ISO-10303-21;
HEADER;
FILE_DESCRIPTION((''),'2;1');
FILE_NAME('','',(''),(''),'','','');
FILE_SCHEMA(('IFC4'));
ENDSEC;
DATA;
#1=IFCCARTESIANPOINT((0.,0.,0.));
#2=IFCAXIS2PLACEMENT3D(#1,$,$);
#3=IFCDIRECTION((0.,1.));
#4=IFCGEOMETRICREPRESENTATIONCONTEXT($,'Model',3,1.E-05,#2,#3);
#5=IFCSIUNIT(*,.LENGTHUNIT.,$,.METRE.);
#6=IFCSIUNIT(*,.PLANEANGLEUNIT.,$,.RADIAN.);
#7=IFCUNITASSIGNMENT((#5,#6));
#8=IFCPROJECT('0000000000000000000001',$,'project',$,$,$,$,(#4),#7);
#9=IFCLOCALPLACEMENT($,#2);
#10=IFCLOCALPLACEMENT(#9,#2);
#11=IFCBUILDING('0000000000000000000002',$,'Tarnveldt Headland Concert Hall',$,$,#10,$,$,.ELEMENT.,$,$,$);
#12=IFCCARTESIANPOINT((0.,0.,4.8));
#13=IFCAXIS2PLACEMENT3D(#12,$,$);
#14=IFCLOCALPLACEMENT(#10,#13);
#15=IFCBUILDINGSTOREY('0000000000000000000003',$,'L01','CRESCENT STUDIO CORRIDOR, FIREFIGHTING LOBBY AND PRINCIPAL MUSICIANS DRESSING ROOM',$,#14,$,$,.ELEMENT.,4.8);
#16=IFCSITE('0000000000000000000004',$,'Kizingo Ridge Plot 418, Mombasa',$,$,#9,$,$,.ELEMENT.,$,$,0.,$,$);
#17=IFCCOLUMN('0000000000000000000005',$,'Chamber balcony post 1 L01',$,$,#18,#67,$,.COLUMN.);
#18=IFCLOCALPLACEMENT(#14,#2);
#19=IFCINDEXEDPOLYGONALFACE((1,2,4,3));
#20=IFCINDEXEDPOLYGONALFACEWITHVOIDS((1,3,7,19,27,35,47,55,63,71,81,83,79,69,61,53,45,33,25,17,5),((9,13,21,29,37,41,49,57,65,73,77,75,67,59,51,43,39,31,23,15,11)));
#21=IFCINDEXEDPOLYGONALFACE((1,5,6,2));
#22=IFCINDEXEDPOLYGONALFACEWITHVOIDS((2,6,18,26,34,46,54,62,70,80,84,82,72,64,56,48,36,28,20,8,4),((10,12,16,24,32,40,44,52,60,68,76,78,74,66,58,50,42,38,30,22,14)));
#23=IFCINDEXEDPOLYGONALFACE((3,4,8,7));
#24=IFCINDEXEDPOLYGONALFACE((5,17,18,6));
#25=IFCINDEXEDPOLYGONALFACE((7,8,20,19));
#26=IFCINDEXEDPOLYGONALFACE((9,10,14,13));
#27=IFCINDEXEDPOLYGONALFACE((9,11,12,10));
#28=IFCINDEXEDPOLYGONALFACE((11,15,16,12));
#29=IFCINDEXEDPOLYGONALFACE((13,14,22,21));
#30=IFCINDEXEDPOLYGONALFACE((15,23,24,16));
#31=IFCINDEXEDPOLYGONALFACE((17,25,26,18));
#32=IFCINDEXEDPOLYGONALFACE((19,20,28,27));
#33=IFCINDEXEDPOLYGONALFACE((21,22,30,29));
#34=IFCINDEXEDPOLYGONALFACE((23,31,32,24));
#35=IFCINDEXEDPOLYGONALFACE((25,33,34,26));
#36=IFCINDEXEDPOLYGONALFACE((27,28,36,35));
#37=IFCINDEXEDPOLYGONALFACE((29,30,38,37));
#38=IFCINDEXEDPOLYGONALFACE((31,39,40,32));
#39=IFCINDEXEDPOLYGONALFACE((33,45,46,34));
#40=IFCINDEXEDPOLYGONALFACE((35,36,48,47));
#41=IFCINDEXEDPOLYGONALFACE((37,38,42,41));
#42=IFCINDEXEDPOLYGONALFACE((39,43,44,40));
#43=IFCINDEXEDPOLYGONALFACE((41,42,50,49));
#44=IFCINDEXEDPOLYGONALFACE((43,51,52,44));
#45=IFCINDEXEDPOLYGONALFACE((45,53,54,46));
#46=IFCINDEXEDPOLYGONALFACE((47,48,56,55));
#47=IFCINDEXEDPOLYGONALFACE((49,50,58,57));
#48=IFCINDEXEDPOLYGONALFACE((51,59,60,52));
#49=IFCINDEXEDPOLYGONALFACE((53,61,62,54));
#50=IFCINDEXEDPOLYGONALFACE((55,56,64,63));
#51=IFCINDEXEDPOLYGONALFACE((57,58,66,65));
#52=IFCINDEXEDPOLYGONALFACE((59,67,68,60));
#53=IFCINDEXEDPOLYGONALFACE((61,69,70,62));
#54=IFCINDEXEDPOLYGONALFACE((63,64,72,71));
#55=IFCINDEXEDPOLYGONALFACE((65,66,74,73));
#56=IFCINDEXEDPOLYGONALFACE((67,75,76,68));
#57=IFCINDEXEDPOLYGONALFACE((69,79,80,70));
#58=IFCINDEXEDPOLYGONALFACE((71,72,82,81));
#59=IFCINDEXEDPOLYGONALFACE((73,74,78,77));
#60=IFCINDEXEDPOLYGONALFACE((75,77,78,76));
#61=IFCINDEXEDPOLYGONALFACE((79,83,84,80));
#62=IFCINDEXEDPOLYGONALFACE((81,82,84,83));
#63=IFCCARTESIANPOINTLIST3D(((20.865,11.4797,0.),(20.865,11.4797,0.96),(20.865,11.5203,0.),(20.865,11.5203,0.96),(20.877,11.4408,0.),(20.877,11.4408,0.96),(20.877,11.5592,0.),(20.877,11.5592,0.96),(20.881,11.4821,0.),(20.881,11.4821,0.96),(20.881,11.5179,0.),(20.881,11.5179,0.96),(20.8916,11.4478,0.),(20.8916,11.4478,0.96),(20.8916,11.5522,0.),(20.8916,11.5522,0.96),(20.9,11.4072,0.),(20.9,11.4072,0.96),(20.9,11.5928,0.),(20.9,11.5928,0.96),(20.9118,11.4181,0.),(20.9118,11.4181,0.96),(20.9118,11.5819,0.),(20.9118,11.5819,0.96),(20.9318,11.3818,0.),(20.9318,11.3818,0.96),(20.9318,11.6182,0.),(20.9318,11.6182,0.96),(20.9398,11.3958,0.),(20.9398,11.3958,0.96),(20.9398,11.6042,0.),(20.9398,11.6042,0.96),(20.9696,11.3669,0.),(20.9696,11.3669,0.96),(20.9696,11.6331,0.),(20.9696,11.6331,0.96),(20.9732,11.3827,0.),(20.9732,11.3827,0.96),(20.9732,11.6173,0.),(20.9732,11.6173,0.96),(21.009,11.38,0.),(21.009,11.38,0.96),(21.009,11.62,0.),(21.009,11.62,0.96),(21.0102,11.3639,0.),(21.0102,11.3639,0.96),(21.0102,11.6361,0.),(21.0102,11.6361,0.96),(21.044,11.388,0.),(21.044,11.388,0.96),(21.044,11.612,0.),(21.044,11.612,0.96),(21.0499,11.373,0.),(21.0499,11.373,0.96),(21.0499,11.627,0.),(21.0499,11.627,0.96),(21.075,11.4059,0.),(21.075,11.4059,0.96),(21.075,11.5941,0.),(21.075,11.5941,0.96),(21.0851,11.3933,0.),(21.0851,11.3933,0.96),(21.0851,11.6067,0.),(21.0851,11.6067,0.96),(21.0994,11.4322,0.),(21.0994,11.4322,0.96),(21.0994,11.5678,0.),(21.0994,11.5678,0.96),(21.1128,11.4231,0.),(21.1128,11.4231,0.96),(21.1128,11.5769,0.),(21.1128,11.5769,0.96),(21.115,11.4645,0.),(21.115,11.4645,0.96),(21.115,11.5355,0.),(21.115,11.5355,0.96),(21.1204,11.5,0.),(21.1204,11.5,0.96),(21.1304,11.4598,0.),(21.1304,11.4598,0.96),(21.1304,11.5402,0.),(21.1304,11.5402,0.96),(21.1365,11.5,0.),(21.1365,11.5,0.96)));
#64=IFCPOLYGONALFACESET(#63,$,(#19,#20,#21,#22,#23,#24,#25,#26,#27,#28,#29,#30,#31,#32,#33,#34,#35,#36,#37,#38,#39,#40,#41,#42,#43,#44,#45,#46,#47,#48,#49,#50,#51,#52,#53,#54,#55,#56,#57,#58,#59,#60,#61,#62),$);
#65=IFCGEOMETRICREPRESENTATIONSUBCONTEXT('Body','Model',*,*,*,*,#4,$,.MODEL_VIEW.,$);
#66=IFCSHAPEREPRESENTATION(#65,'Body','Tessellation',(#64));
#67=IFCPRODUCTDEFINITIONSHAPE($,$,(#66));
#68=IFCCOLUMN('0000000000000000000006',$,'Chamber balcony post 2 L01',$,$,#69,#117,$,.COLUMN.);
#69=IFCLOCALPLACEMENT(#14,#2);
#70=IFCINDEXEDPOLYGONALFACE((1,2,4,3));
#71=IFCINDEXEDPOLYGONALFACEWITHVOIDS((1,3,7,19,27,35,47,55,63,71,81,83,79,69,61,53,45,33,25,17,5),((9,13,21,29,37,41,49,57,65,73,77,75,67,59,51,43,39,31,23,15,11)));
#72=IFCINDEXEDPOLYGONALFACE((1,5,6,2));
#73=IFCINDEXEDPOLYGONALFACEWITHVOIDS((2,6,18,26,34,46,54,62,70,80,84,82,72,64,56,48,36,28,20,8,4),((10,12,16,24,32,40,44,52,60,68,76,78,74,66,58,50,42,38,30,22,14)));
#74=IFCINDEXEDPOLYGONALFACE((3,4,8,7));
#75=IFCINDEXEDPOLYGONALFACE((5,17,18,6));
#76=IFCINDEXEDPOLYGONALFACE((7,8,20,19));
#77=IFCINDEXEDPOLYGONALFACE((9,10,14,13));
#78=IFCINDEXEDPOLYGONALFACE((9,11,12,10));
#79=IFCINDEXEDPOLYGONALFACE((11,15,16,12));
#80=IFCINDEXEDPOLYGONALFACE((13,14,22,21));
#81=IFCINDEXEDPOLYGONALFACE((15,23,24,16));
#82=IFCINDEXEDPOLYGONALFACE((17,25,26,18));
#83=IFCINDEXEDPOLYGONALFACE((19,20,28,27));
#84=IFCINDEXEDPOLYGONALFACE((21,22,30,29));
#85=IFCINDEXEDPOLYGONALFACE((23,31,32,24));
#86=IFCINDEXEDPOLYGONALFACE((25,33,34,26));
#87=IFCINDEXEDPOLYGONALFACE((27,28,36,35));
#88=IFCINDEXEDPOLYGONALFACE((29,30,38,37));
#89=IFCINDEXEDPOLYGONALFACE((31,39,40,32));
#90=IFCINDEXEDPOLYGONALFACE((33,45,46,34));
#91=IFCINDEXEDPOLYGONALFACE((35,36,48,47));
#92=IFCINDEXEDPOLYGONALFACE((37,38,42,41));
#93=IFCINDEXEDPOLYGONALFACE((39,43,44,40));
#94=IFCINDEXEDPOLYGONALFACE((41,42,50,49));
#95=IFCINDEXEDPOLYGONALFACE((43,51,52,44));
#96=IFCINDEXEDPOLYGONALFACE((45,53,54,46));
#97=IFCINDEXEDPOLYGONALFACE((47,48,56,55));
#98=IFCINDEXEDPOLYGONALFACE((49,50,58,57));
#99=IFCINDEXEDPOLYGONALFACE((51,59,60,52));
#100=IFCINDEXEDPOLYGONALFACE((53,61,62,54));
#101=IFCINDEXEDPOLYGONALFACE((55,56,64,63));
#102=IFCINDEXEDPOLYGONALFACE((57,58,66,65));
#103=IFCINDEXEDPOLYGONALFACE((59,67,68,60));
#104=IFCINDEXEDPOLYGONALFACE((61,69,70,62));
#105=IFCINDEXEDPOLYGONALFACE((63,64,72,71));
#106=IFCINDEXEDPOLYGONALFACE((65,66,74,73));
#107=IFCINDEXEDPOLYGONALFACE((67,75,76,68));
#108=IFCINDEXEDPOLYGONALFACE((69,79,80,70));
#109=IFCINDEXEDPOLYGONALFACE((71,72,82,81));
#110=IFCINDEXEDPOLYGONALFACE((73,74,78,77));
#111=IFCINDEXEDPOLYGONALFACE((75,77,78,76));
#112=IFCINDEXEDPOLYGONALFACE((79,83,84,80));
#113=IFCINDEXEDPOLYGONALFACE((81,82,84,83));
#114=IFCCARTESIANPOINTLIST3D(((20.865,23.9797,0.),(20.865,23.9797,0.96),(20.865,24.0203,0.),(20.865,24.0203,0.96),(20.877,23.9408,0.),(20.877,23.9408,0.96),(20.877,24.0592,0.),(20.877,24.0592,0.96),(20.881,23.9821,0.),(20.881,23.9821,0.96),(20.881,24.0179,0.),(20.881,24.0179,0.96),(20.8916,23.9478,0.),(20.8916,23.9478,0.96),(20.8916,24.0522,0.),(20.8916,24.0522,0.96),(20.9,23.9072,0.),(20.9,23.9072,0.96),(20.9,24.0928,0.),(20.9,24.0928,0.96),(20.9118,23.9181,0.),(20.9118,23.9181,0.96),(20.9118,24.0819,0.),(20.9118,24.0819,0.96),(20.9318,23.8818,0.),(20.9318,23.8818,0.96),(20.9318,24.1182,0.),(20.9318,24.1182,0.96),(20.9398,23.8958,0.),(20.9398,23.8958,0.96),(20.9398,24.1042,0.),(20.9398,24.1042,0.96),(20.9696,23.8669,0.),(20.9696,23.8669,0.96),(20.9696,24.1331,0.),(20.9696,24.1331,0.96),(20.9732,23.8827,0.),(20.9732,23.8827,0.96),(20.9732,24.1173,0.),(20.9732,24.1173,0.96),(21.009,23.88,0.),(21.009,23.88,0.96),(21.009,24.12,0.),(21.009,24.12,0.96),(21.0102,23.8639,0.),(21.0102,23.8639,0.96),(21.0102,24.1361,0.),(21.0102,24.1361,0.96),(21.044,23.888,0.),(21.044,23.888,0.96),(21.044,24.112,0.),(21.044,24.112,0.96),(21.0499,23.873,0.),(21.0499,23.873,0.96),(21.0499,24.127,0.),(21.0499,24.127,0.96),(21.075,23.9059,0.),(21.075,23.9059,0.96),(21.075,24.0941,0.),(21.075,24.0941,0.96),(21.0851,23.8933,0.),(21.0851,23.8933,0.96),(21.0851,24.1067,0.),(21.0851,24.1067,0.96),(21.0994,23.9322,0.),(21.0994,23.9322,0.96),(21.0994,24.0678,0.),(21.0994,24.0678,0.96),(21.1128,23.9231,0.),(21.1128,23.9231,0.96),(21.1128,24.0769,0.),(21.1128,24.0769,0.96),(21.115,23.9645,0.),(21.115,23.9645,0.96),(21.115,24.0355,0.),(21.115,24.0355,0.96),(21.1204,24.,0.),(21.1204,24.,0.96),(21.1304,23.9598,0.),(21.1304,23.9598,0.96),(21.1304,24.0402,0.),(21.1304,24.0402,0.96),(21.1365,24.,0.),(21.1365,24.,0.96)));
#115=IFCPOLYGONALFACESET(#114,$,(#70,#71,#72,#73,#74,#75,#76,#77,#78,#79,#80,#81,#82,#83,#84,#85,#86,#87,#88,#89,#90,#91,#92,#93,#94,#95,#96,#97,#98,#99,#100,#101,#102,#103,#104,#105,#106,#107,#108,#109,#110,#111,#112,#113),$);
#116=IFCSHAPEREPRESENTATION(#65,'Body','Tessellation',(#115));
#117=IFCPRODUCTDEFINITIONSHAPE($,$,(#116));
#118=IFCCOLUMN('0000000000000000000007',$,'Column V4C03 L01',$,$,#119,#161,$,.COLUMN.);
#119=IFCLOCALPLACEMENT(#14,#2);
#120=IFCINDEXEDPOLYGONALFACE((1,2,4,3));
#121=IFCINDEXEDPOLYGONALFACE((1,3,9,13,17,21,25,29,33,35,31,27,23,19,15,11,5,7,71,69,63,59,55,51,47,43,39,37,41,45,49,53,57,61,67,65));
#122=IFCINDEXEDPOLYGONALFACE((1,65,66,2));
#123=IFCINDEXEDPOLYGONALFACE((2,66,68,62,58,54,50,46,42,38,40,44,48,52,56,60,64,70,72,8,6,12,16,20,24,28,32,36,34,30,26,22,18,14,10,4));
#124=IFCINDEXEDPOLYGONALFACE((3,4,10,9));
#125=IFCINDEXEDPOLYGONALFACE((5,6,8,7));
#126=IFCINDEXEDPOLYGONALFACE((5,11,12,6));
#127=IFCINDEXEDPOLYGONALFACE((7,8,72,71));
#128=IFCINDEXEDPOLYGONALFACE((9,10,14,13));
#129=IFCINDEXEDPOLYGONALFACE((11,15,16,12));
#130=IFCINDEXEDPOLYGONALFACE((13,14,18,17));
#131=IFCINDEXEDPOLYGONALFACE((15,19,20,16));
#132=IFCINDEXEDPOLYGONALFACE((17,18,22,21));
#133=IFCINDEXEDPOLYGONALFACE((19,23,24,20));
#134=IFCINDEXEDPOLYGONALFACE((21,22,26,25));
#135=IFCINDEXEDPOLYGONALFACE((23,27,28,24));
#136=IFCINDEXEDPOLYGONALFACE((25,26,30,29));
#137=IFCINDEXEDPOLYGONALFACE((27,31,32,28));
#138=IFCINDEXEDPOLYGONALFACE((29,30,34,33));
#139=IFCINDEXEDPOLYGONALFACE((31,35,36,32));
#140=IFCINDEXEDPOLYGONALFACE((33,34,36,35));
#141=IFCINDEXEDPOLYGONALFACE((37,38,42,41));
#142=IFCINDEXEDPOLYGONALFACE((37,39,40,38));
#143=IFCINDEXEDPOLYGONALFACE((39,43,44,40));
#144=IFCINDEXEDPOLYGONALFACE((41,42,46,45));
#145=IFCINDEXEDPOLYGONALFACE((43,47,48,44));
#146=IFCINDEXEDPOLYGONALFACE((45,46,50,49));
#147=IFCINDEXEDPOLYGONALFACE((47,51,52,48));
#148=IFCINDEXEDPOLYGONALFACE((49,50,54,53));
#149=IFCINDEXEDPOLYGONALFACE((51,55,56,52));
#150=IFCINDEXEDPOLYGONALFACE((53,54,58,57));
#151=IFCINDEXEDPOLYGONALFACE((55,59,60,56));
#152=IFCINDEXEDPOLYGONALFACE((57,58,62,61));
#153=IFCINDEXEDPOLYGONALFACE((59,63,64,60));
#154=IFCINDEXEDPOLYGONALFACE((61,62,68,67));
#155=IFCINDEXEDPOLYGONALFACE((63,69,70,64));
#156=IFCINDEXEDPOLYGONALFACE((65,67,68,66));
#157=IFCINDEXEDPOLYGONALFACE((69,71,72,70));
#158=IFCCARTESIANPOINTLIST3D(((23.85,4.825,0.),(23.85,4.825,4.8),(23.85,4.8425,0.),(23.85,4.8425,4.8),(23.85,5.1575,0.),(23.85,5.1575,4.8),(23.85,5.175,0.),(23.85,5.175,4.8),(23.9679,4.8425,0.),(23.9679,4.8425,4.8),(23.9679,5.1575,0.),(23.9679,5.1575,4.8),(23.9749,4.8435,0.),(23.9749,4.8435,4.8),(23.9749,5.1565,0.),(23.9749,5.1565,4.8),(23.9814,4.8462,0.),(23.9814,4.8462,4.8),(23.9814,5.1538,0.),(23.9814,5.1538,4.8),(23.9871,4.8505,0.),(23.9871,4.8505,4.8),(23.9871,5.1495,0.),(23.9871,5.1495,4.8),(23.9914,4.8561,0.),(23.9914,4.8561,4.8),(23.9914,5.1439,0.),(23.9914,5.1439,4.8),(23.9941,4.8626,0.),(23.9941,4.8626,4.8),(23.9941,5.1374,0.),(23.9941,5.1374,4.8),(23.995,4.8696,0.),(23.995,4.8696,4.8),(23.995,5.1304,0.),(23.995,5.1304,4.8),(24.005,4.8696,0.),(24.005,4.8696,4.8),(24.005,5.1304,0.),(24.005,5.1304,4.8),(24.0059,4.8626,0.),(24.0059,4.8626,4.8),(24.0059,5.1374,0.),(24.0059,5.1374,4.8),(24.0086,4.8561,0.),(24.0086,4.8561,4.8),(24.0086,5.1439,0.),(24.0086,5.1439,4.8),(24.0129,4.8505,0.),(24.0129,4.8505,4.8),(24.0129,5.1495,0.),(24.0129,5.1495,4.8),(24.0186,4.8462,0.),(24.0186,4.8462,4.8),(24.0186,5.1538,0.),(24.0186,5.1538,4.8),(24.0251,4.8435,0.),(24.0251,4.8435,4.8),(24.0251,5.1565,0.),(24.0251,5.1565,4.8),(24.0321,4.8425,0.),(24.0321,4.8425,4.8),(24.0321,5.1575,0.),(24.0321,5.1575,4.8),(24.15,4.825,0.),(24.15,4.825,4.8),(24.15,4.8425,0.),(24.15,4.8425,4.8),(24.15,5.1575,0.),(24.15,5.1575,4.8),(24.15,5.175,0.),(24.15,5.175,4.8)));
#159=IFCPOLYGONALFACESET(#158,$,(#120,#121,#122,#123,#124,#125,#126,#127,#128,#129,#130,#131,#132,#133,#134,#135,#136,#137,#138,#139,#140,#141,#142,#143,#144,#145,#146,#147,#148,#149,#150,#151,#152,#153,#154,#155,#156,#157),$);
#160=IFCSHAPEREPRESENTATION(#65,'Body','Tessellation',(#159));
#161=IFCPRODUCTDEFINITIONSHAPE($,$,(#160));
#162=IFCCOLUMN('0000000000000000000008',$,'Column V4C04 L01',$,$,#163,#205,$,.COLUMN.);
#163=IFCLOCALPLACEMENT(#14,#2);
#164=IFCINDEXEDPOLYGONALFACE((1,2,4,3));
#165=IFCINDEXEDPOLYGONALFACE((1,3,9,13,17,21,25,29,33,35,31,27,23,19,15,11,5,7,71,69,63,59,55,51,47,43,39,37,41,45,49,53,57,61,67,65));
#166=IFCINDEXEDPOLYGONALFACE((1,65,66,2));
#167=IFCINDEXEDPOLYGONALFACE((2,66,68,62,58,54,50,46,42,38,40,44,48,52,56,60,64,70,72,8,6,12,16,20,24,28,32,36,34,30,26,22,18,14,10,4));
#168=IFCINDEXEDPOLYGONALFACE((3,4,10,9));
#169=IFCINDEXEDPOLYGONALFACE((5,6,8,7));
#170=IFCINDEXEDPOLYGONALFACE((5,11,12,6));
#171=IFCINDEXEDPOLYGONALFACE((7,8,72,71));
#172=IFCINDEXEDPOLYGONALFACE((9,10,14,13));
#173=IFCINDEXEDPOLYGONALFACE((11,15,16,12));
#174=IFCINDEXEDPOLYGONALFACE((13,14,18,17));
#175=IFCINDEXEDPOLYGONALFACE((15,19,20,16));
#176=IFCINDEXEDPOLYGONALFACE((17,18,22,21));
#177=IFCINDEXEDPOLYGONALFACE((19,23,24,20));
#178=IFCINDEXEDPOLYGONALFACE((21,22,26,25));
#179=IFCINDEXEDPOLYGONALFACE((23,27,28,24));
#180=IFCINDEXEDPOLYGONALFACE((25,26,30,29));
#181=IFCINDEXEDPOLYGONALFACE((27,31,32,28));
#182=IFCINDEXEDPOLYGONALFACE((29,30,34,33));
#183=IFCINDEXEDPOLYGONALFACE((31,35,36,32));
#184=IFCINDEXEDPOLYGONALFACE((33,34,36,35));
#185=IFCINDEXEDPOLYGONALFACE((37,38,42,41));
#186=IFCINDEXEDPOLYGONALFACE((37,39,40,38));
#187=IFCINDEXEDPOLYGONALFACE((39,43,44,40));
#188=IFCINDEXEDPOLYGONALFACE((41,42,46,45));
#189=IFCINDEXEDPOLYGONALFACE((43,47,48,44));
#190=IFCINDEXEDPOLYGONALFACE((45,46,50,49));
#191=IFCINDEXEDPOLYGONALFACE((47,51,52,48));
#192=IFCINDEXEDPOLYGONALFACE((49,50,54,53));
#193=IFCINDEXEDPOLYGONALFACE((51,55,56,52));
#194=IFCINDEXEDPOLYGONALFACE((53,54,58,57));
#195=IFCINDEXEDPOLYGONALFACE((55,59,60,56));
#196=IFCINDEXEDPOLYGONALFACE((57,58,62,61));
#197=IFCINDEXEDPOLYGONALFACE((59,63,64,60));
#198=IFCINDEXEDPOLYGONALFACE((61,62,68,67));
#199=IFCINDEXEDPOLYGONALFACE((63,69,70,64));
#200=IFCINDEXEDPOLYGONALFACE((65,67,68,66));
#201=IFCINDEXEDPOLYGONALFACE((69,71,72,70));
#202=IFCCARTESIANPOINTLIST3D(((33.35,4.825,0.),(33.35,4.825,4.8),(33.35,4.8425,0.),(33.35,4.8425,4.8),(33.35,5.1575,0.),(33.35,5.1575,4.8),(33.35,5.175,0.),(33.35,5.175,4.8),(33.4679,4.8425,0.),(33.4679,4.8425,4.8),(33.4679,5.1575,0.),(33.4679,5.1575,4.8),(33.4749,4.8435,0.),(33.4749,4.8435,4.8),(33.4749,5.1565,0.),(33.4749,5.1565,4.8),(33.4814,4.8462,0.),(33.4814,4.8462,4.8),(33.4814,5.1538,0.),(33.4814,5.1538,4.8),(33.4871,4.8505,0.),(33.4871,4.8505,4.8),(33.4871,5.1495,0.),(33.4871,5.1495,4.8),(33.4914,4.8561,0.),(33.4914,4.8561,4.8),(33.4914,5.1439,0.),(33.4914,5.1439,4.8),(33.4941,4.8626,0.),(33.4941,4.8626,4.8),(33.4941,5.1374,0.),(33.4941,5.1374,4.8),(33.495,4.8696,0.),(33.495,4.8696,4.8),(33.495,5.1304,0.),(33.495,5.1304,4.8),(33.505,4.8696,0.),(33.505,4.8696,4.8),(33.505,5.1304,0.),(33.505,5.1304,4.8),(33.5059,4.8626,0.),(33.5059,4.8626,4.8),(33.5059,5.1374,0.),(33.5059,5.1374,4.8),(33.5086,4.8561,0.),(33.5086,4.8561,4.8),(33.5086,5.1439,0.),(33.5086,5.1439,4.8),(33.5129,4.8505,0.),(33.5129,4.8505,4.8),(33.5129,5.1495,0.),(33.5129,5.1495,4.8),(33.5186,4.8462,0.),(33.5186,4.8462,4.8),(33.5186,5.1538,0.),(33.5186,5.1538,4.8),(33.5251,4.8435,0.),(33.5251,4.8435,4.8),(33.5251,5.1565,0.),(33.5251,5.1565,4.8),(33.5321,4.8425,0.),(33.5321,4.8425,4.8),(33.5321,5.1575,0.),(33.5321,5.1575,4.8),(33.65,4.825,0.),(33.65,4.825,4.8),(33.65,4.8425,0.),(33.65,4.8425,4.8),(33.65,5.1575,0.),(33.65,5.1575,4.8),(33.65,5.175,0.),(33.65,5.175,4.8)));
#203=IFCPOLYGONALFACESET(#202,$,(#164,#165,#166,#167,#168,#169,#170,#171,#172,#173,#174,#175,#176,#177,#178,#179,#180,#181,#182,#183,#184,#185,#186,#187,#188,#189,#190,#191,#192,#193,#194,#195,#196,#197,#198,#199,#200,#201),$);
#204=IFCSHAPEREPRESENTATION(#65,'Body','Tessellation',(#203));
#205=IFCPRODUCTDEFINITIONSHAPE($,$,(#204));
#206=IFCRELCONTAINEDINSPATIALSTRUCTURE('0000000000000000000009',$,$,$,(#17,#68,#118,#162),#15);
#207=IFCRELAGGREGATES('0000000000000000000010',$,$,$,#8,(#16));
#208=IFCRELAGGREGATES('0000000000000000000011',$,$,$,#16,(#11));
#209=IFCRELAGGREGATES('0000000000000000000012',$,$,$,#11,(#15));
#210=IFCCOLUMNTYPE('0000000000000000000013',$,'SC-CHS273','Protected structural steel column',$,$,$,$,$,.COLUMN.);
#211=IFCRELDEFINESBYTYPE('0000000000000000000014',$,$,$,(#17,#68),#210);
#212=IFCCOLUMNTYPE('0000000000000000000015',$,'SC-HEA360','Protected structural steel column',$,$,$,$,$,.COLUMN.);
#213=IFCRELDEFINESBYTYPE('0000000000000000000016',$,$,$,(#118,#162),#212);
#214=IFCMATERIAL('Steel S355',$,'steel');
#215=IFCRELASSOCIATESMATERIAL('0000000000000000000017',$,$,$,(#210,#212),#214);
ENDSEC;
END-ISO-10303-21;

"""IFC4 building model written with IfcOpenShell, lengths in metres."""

from ifc_helpers import new_model, si_unit, direction, frame, origin, origin_2d, place, context, subcontext, project, spatial, hollow_circle, i_section, extrude, material, material_profile, profile_set, type_object, element, save


model = new_model("IFC4")

# Units and contexts
model_context = context("Model", 3, precision=1e-05, world=origin(), true_north=direction((0.0, 1.0)))
body_context = subcontext(model_context, "Body", "Model", "MODEL_VIEW")
ifc_project = project(units=[si_unit("LENGTHUNIT", "METRE"), si_unit("PLANEANGLEUNIT", "RADIAN")], contexts=[model_context])

# Site, building, storey
site_placement = place(None, origin())
site = spatial("IfcSite", under=ifc_project, at=site_placement, Name="Kizingo Ridge Plot 418, Mombasa", CompositionType="ELEMENT", RefElevation=0.0)
building_placement = place(site_placement, origin())
building = spatial("IfcBuilding", under=site, at=building_placement, Name="Tarnveldt Headland Concert Hall", CompositionType="ELEMENT")
storey_placement = place(building_placement, frame((0.0, 0.0, 4.8)))
storey = spatial("IfcBuildingStorey", under=building, at=storey_placement, Name="L01", Description="CRESCENT STUDIO CORRIDOR, FIREFIGHTING LOBBY AND PRINCIPAL MUSICIANS DRESSING ROOM", CompositionType="ELEMENT", Elevation=4.8)

# Columns
ifc_material_1 = material(Name="Steel S355", Category="steel")
ifc_material_profile_1 = material_profile(ifc_material_1, hollow_circle(Radius=0.1365, WallThickness=0.0161, at=origin_2d()), Name="CHS 273x16", Category="steel")
ifc_profile_set_1 = profile_set([ifc_material_profile_1], Name="Steel S355")
column_type_1 = type_object("IfcColumnType", Name="SC-CHS273", Description="Protected structural steel column", PredefinedType="COLUMN", material=ifc_profile_set_1)
for number, where, z_axis, x_axis, name in (
    (1, (21.0, 11.5, 0.0), (0.0, 0.0, 1.0), (1.0, 0.0, 0.0), "Chamber balcony post 1 L01"),
    (2, (21.0, 24.0, 0.0), (0.0, 0.0, 1.0), (1.0, 0.0, 0.0), "Chamber balcony post 2 L01"),
):
    element("IfcColumn", number, at=place(storey_placement, frame(where, z_axis=z_axis, x_axis=x_axis)), inside=storey, type_object=column_type_1, Name=name, PredefinedType="COLUMN", context=body_context, shape_type="SweptSolid", body=[
        extrude(hollow_circle(Radius=0.1365, WallThickness=0.0161, at=origin_2d()), origin(), (0.0, 0.0, 1.0), 0.96),
    ])
ifc_material_profile_2 = material_profile(ifc_material_1, i_section(OverallWidth=0.3, OverallDepth=0.3501, WebThickness=0.01, FlangeThickness=0.0176, FilletRadius=0.0271, at=origin_2d()), Name="HEA360", Category="steel")
ifc_profile_set_2 = profile_set([ifc_material_profile_2], Name="Steel S355")
column_type_2 = type_object("IfcColumnType", Name="SC-HEA360", Description="Protected structural steel column", PredefinedType="COLUMN", material=ifc_profile_set_2)
for number, where, z_axis, x_axis, name in (
    (3, (24.0, 5.0, 0.0), (0.0, 0.0, 1.0), (1.0, 0.0, 0.0), "Column V4C03 L01"),
    (4, (33.5, 5.0, 0.0), (0.0, 0.0, 1.0), (1.0, 0.0, 0.0), "Column V4C04 L01"),
):
    element("IfcColumn", number, at=place(storey_placement, frame(where, z_axis=z_axis, x_axis=x_axis)), inside=storey, type_object=column_type_2, Name=name, PredefinedType="COLUMN", context=body_context, shape_type="SweptSolid", body=[
        extrude(i_section(OverallWidth=0.3, OverallDepth=0.3501, WebThickness=0.01, FlangeThickness=0.0176, FilletRadius=0.0271, at=origin_2d()), origin(), (0.0, 0.0, 1.0), 4.8),
    ])

save(model, "model.ifc")
